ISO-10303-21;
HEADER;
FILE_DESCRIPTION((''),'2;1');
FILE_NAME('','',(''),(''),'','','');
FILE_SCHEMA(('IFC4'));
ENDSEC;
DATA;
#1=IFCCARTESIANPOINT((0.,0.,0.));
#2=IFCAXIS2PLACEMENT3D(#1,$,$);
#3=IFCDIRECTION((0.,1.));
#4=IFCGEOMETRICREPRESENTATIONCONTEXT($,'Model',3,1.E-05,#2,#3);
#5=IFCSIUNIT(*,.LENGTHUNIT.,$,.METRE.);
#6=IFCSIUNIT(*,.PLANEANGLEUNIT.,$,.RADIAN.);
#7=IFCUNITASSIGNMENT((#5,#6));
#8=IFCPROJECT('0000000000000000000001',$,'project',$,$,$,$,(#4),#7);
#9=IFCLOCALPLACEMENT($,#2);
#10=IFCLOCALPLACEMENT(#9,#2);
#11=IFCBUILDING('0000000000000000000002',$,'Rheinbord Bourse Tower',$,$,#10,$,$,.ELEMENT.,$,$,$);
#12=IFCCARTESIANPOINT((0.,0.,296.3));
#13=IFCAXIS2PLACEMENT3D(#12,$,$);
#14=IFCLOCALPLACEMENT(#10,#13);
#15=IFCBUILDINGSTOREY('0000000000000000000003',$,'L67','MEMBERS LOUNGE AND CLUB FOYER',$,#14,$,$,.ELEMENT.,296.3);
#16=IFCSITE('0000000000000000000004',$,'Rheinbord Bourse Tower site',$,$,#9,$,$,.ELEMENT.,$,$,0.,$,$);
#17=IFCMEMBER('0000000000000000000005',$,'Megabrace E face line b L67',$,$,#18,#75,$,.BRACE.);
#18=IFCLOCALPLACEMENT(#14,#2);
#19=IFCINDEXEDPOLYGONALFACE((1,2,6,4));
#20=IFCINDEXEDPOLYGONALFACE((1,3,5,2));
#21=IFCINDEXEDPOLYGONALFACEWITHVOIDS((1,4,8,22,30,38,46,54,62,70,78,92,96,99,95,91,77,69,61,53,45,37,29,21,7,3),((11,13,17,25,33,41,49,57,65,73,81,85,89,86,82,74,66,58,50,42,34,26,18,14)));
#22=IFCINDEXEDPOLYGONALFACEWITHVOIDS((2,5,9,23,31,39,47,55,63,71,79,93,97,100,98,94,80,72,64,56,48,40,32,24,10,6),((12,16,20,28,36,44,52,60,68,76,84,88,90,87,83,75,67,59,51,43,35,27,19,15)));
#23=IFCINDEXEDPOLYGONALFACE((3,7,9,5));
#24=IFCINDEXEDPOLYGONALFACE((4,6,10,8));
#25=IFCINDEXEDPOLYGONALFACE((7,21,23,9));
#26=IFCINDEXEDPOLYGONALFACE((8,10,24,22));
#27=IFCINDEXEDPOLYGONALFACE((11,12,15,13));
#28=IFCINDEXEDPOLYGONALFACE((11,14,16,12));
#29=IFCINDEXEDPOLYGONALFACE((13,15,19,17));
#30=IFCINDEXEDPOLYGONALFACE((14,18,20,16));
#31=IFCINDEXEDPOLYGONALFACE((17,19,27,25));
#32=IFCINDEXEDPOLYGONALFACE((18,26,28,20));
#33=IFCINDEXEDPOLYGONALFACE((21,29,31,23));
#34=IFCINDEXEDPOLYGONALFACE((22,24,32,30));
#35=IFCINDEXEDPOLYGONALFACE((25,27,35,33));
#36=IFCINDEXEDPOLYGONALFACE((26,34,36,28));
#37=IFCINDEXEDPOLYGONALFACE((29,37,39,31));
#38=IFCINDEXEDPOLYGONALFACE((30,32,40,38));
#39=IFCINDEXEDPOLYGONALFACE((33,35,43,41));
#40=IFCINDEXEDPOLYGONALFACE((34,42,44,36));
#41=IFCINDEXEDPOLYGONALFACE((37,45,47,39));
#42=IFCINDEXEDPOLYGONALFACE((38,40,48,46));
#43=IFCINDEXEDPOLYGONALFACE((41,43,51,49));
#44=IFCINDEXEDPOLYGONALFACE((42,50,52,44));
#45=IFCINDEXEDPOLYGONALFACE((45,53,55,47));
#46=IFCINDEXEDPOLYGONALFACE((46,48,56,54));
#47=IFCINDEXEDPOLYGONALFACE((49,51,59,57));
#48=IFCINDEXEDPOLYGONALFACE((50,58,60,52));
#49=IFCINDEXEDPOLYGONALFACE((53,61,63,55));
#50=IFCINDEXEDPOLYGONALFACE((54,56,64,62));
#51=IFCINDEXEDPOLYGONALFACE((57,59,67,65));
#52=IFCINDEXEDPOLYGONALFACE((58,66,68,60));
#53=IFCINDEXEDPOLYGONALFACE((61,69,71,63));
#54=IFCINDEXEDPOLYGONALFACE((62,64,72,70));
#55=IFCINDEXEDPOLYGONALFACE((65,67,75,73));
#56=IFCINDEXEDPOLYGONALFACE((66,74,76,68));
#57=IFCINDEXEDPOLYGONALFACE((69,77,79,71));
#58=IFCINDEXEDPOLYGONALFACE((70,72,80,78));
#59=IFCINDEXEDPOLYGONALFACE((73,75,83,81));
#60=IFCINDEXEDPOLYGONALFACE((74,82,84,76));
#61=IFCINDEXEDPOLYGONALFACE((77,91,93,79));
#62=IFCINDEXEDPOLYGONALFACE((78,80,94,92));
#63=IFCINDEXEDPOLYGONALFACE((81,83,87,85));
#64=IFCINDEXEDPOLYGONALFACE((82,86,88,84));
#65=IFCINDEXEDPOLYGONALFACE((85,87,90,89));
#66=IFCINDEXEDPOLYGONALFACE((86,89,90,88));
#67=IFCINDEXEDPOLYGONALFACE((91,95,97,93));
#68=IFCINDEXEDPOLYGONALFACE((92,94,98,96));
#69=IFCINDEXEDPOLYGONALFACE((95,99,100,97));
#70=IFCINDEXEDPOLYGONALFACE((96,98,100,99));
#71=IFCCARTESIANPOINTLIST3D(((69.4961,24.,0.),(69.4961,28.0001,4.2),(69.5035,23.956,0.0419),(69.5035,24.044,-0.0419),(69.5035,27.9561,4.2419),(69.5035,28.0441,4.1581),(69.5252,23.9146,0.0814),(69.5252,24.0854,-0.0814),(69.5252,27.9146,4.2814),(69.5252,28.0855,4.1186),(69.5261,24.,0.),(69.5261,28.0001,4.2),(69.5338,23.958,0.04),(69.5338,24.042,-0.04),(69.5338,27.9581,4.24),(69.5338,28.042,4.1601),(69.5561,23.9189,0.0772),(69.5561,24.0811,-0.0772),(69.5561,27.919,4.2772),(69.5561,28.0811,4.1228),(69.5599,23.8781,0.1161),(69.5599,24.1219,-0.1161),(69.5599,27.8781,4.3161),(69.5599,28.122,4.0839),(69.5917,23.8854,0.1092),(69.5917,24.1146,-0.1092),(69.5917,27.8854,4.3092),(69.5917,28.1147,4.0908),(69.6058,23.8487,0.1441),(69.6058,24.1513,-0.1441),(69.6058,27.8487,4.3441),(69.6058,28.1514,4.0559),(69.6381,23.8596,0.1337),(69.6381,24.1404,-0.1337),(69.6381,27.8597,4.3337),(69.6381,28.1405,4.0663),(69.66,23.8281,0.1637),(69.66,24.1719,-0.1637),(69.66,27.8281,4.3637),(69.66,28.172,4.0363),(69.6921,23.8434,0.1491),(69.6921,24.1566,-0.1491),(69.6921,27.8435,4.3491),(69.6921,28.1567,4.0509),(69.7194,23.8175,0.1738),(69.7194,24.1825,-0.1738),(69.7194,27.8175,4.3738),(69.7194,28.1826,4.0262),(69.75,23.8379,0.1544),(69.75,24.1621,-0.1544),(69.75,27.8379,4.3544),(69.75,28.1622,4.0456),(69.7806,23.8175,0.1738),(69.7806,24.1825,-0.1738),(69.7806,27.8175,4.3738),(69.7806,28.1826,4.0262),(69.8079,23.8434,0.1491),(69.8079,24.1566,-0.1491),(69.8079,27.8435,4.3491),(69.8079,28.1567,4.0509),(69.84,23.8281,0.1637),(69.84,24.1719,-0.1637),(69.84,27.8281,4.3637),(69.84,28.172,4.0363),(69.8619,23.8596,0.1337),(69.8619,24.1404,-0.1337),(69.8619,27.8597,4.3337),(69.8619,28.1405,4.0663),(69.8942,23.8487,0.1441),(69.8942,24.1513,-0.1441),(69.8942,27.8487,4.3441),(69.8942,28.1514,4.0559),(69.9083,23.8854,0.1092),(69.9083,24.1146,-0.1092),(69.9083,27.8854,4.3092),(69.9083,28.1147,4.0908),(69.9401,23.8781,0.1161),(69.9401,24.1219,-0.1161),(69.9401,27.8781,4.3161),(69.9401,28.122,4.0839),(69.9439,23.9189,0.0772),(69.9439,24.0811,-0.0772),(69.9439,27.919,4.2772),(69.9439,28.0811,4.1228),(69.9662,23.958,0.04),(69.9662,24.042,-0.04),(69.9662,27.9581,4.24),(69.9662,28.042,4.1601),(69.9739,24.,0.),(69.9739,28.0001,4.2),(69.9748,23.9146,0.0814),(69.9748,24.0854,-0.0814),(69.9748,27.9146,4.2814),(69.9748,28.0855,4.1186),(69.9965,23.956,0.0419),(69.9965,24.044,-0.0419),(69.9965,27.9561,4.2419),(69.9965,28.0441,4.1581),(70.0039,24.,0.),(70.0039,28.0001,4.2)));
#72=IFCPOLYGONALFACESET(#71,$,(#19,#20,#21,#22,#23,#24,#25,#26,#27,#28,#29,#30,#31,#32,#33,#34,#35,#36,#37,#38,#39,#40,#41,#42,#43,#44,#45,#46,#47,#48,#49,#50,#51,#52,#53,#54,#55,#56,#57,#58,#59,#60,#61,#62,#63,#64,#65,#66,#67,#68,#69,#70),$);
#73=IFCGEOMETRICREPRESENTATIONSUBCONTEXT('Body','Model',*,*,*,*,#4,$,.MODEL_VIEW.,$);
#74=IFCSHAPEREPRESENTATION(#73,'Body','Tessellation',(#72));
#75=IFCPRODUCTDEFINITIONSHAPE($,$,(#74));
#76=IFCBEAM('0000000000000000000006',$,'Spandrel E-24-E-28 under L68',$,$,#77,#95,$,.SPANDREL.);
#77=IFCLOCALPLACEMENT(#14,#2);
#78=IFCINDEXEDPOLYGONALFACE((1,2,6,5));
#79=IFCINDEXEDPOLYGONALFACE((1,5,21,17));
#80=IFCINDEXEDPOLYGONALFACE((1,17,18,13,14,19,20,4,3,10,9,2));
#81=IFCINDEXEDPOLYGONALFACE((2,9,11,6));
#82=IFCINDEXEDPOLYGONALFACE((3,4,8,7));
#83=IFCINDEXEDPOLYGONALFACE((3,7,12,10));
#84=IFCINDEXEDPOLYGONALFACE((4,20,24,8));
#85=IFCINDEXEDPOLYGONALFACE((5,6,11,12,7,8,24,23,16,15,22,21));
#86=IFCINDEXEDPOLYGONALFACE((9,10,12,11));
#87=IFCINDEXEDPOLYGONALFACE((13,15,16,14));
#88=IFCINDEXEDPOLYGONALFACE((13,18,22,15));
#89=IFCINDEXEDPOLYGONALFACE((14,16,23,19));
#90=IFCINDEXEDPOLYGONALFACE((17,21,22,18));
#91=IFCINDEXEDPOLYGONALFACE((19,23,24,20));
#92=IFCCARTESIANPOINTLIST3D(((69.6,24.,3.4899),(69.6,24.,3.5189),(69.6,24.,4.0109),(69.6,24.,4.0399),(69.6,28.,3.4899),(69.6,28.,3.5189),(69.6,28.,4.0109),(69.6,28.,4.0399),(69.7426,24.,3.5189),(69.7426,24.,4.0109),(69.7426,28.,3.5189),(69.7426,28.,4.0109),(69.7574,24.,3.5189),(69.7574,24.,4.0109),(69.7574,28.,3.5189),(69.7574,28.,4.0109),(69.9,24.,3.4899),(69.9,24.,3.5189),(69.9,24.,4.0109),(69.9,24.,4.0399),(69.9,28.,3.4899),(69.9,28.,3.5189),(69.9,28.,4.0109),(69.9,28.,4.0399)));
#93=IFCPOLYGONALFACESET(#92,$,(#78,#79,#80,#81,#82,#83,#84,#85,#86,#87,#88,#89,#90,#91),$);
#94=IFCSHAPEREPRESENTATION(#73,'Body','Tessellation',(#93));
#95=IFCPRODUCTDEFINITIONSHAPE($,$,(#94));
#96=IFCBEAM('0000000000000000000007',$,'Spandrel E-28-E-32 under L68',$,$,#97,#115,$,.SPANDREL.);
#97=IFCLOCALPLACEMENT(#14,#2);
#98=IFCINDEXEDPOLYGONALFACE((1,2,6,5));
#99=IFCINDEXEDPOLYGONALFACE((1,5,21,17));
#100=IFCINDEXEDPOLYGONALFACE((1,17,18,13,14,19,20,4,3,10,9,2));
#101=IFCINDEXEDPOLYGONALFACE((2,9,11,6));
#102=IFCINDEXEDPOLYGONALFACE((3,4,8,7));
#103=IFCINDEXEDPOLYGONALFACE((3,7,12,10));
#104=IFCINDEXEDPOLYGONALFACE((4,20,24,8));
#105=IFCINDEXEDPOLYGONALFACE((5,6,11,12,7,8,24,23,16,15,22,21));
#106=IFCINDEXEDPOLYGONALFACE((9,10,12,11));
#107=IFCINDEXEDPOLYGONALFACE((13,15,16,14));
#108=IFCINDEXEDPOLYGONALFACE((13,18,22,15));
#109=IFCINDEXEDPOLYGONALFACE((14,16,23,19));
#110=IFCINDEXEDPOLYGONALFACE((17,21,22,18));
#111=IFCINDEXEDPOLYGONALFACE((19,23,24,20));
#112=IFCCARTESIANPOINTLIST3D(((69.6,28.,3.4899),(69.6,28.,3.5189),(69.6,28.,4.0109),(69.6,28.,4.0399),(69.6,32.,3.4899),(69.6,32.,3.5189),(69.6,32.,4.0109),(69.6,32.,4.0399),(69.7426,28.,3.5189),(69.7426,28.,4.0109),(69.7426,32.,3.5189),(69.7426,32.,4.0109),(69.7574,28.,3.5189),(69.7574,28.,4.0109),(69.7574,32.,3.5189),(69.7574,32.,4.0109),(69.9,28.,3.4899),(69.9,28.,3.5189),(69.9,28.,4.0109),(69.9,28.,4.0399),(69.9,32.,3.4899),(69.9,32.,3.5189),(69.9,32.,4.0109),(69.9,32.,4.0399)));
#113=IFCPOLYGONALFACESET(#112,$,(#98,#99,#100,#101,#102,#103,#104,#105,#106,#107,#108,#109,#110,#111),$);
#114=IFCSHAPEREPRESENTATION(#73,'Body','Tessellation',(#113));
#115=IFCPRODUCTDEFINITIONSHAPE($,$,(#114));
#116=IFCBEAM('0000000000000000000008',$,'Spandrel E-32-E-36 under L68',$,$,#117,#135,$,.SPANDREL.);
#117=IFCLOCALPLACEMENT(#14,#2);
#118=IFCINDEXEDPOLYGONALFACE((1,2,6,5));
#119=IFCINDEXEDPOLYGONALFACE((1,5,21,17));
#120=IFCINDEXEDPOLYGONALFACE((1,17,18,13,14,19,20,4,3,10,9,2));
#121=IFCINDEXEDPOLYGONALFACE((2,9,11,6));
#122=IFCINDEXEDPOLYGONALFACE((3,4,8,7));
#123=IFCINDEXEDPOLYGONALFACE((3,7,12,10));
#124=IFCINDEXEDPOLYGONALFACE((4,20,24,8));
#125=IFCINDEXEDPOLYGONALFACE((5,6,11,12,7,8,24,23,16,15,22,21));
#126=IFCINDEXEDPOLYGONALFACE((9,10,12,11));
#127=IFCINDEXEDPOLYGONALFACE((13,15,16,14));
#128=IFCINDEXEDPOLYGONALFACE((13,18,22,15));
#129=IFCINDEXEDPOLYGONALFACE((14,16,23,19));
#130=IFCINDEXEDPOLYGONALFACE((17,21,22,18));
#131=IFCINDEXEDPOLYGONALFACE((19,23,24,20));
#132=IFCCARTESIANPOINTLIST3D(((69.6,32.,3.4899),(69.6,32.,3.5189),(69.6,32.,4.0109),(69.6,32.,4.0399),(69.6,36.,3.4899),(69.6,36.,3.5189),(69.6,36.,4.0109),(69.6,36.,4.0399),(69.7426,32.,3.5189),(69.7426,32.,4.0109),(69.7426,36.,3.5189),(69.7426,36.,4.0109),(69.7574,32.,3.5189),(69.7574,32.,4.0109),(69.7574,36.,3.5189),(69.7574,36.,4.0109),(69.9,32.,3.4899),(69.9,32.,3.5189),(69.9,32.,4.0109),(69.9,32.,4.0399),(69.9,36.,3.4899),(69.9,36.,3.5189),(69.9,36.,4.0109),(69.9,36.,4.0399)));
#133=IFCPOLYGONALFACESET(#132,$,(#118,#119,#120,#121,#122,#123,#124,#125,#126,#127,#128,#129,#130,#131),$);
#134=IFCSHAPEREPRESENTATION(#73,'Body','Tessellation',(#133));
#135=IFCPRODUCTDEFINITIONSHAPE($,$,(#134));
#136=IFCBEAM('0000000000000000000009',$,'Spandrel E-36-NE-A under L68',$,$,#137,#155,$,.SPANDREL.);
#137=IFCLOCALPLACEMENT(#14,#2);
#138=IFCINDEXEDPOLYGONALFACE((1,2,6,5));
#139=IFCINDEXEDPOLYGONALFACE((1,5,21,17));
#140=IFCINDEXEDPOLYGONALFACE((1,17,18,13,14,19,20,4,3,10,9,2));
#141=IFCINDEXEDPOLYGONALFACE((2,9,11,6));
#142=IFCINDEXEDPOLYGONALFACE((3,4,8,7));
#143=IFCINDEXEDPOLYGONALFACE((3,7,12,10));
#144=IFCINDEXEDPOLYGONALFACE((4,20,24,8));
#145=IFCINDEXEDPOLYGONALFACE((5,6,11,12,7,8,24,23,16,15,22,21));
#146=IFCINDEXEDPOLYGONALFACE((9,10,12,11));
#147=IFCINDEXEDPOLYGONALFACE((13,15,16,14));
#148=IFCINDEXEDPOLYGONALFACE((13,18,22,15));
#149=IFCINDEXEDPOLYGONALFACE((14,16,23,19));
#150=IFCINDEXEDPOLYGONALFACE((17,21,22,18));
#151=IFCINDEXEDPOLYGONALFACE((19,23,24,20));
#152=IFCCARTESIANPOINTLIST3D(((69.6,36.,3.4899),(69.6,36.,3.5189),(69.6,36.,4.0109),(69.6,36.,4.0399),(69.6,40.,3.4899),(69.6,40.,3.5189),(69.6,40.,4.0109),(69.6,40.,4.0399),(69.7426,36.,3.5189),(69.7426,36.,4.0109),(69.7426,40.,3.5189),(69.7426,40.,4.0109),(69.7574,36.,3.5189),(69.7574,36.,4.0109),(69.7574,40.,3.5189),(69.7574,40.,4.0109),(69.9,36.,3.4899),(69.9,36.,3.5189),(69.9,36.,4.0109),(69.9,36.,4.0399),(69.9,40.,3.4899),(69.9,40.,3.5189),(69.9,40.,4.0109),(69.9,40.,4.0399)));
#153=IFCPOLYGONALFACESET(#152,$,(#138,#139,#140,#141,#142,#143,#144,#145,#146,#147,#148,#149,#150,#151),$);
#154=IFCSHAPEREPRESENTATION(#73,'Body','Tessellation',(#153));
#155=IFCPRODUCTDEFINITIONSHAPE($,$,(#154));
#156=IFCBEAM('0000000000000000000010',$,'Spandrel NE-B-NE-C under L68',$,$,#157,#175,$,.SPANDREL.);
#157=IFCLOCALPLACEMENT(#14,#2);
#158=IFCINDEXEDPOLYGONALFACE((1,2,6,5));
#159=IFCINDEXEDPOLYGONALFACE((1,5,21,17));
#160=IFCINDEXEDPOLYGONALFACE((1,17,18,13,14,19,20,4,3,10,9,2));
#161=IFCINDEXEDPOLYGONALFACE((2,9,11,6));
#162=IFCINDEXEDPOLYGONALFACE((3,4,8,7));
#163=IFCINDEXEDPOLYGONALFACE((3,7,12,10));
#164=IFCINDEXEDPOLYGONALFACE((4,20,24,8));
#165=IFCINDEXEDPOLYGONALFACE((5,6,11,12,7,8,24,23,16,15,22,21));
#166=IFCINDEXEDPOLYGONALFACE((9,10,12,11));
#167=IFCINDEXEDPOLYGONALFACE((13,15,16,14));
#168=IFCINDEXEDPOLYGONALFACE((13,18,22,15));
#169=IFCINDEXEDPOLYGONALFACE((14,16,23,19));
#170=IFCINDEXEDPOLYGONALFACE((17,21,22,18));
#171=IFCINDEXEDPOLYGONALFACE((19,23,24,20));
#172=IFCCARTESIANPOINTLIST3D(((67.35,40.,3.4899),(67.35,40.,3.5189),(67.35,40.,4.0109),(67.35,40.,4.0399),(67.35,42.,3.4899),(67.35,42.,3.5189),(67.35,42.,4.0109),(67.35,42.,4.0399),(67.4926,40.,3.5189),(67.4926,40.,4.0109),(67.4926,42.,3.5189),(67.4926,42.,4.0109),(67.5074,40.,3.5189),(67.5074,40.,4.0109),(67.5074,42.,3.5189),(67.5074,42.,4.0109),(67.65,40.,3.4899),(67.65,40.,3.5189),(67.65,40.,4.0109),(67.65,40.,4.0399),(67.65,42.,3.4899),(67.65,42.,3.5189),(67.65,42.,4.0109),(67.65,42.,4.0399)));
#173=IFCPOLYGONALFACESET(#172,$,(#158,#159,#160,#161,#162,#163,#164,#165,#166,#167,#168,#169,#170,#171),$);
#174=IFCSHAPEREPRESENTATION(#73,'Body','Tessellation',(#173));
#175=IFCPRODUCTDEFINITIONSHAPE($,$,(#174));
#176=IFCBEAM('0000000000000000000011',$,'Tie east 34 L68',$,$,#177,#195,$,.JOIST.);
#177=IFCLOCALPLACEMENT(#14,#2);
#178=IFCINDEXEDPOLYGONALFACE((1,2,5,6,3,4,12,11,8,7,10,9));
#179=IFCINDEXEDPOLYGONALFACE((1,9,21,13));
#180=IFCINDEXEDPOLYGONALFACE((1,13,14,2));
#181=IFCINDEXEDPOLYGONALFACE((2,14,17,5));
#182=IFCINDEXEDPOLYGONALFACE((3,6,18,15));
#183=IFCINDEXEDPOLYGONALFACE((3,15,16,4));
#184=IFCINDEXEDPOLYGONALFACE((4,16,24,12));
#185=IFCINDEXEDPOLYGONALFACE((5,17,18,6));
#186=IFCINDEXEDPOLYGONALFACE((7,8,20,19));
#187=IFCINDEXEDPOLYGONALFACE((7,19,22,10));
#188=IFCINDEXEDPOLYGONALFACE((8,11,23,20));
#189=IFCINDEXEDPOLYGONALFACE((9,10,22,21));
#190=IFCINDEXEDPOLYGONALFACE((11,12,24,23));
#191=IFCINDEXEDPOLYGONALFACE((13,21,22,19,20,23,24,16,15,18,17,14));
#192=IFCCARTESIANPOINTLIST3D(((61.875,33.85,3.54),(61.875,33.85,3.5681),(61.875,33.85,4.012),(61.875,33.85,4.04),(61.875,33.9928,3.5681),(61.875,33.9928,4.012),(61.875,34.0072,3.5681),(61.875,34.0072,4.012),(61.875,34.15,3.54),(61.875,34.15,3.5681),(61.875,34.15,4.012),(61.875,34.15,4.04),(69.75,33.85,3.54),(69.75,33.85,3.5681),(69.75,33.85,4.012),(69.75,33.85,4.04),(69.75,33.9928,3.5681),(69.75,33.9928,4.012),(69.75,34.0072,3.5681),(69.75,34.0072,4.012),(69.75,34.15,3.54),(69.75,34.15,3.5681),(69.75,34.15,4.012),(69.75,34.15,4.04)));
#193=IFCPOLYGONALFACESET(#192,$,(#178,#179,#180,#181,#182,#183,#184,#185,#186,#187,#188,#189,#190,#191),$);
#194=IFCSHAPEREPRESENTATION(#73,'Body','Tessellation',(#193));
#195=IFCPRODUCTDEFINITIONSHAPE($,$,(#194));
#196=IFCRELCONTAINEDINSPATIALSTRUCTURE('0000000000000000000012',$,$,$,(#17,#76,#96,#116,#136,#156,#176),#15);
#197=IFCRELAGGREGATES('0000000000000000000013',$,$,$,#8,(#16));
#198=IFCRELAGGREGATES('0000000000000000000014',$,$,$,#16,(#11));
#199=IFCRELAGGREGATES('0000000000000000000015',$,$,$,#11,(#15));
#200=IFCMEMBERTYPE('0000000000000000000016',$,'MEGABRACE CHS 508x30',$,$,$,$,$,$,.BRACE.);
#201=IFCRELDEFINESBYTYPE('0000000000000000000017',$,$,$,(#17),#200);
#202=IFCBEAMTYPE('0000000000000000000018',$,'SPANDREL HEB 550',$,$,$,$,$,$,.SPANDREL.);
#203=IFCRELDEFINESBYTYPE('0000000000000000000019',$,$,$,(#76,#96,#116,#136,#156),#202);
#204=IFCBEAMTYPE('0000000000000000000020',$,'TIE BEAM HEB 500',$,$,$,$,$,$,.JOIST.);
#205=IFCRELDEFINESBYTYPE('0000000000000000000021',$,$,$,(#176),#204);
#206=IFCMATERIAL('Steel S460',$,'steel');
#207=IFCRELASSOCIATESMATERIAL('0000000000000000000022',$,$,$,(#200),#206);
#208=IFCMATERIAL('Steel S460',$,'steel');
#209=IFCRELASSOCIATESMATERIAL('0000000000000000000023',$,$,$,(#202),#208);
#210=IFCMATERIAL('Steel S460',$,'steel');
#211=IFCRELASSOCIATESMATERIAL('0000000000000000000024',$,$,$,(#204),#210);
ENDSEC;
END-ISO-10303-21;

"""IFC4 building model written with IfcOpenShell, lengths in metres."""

from ifc_helpers import new_model, si_unit, direction, frame, origin, origin_2d, place, context, subcontext, project, spatial, hollow_circle, i_section, extrude, material, material_profile, profile_set, type_object, element, save


model = new_model("IFC4")

# Units and contexts
model_context = context("Model", 3, precision=1e-05, world=origin(), true_north=direction((0.0, 1.0)))
body_context = subcontext(model_context, "Body", "Model", "MODEL_VIEW")
ifc_project = project(units=[si_unit("LENGTHUNIT", "METRE"), si_unit("PLANEANGLEUNIT", "RADIAN")], contexts=[model_context])

# Site, building, storey
site_placement = place(None, origin())
site = spatial("IfcSite", under=ifc_project, at=site_placement, Name="Rheinbord Bourse Tower site", CompositionType="ELEMENT", RefElevation=0.0)
building_placement = place(site_placement, origin())
building = spatial("IfcBuilding", under=site, at=building_placement, Name="Rheinbord Bourse Tower", CompositionType="ELEMENT")
storey_placement = place(building_placement, frame((0.0, 0.0, 296.3)))
storey = spatial("IfcBuildingStorey", under=building, at=storey_placement, Name="L67", Description="MEMBERS LOUNGE AND CLUB FOYER", CompositionType="ELEMENT", Elevation=296.3)

# Member
ifc_material_1 = material(Name="Steel S460", Category="steel")
ifc_material_profile_1 = material_profile(ifc_material_1, hollow_circle(Radius=0.2539, WallThickness=0.03, at=origin_2d()), Name="CHS 508x30")
ifc_profile_set_1 = profile_set([ifc_material_profile_1], Name="Steel S460")
member_type_1 = type_object("IfcMemberType", Name="MEGABRACE CHS 508x30", PredefinedType="BRACE", material=ifc_profile_set_1)
member_1_placement = place(storey_placement, frame((69.75, 24.0, 0.0), z_axis=(0.0, 0.689659, 0.724134), x_axis=(-1.0, 0.0, 0.0)))
element("IfcMember", 1, at=member_1_placement, inside=storey, type_object=member_type_1, Name="Megabrace E face line b L67", PredefinedType="BRACE", context=body_context, shape_type="SweptSolid", body=[
    extrude(hollow_circle(Radius=0.2539, WallThickness=0.03, at=origin_2d()), origin(), (0.0, 0.0, 1.0), 5.8),
])

# Beams
ifc_material_2 = material(Name="Steel S460", Category="steel")
ifc_material_profile_2 = material_profile(ifc_material_2, i_section(OverallWidth=0.3, OverallDepth=0.55, WebThickness=0.0149, FlangeThickness=0.0291, at=origin_2d()), Name="HEB 550")
ifc_profile_set_2 = profile_set([ifc_material_profile_2], Name="Steel S460")
beam_type_1 = type_object("IfcBeamType", Name="SPANDREL HEB 550", PredefinedType="SPANDREL", material=ifc_profile_set_2)
for number, where, z_axis, x_axis, name in (
    (2, (69.75, 24.0, 3.7649), (0.0, 1.0, 0.0), (-1.0, 0.0, 0.0), "Spandrel E-24-E-28 under L68"),
    (3, (69.75, 28.0, 3.7649), (0.0, 1.0, 0.0), (-1.0, 0.0, 0.0), "Spandrel E-28-E-32 under L68"),
    (4, (69.75, 32.0, 3.7649), (0.0, 1.0, 0.0), (-1.0, 0.0, 0.0), "Spandrel E-32-E-36 under L68"),
    (5, (69.75, 36.0, 3.7649), (0.0, 1.0, 0.0), (-1.0, 0.0, 0.0), "Spandrel E-36-NE-A under L68"),
):
    element("IfcBeam", number, at=place(storey_placement, frame(where, z_axis=z_axis, x_axis=x_axis)), inside=storey, type_object=beam_type_1, Name=name, PredefinedType="SPANDREL", context=body_context, shape_type="SweptSolid", body=[
        extrude(i_section(OverallWidth=0.3, OverallDepth=0.55, WebThickness=0.0149, FlangeThickness=0.0291, at=origin_2d()), origin(), (0.0, 0.0, 1.0), 4.0),
    ])
beam_placement = place(storey_placement, frame((67.5, 40.0, 3.7649), z_axis=(0.0, 1.0, 0.0), x_axis=(-1.0, 0.0, 0.0)))
element("IfcBeam", 6, at=beam_placement, inside=storey, type_object=beam_type_1, Name="Spandrel NE-B-NE-C under L68", PredefinedType="SPANDREL", context=body_context, shape_type="SweptSolid", body=[
    extrude(i_section(OverallWidth=0.3, OverallDepth=0.55, WebThickness=0.0149, FlangeThickness=0.0291, at=origin_2d()), origin(), (0.0, 0.0, 1.0), 2.0),
])
ifc_material_3 = material(Name="Steel S460", Category="steel")
ifc_material_profile_3 = material_profile(ifc_material_3, i_section(OverallWidth=0.3, OverallDepth=0.5, WebThickness=0.0144, FlangeThickness=0.0281, at=origin_2d()), Name="HEB 500")
ifc_profile_set_3 = profile_set([ifc_material_profile_3], Name="Steel S460")
beam_type_2 = type_object("IfcBeamType", Name="TIE BEAM HEB 500", PredefinedType="JOIST", material=ifc_profile_set_3)
for number, where, z_axis, x_axis, name in (
    (7, (61.875, 34.0, 3.79), (1.0, 0.0, 0.0), (0.0, 1.0, 0.0), "Tie east 34 L68"),
):
    element("IfcBeam", number, at=place(storey_placement, frame(where, z_axis=z_axis, x_axis=x_axis)), inside=storey, type_object=beam_type_2, Name=name, PredefinedType="JOIST", context=body_context, shape_type="SweptSolid", body=[
        extrude(i_section(OverallWidth=0.3, OverallDepth=0.5, WebThickness=0.0144, FlangeThickness=0.0281, at=origin_2d()), origin(), (0.0, 0.0, 1.0), 7.875),
    ])

save(model, "model.ifc")
